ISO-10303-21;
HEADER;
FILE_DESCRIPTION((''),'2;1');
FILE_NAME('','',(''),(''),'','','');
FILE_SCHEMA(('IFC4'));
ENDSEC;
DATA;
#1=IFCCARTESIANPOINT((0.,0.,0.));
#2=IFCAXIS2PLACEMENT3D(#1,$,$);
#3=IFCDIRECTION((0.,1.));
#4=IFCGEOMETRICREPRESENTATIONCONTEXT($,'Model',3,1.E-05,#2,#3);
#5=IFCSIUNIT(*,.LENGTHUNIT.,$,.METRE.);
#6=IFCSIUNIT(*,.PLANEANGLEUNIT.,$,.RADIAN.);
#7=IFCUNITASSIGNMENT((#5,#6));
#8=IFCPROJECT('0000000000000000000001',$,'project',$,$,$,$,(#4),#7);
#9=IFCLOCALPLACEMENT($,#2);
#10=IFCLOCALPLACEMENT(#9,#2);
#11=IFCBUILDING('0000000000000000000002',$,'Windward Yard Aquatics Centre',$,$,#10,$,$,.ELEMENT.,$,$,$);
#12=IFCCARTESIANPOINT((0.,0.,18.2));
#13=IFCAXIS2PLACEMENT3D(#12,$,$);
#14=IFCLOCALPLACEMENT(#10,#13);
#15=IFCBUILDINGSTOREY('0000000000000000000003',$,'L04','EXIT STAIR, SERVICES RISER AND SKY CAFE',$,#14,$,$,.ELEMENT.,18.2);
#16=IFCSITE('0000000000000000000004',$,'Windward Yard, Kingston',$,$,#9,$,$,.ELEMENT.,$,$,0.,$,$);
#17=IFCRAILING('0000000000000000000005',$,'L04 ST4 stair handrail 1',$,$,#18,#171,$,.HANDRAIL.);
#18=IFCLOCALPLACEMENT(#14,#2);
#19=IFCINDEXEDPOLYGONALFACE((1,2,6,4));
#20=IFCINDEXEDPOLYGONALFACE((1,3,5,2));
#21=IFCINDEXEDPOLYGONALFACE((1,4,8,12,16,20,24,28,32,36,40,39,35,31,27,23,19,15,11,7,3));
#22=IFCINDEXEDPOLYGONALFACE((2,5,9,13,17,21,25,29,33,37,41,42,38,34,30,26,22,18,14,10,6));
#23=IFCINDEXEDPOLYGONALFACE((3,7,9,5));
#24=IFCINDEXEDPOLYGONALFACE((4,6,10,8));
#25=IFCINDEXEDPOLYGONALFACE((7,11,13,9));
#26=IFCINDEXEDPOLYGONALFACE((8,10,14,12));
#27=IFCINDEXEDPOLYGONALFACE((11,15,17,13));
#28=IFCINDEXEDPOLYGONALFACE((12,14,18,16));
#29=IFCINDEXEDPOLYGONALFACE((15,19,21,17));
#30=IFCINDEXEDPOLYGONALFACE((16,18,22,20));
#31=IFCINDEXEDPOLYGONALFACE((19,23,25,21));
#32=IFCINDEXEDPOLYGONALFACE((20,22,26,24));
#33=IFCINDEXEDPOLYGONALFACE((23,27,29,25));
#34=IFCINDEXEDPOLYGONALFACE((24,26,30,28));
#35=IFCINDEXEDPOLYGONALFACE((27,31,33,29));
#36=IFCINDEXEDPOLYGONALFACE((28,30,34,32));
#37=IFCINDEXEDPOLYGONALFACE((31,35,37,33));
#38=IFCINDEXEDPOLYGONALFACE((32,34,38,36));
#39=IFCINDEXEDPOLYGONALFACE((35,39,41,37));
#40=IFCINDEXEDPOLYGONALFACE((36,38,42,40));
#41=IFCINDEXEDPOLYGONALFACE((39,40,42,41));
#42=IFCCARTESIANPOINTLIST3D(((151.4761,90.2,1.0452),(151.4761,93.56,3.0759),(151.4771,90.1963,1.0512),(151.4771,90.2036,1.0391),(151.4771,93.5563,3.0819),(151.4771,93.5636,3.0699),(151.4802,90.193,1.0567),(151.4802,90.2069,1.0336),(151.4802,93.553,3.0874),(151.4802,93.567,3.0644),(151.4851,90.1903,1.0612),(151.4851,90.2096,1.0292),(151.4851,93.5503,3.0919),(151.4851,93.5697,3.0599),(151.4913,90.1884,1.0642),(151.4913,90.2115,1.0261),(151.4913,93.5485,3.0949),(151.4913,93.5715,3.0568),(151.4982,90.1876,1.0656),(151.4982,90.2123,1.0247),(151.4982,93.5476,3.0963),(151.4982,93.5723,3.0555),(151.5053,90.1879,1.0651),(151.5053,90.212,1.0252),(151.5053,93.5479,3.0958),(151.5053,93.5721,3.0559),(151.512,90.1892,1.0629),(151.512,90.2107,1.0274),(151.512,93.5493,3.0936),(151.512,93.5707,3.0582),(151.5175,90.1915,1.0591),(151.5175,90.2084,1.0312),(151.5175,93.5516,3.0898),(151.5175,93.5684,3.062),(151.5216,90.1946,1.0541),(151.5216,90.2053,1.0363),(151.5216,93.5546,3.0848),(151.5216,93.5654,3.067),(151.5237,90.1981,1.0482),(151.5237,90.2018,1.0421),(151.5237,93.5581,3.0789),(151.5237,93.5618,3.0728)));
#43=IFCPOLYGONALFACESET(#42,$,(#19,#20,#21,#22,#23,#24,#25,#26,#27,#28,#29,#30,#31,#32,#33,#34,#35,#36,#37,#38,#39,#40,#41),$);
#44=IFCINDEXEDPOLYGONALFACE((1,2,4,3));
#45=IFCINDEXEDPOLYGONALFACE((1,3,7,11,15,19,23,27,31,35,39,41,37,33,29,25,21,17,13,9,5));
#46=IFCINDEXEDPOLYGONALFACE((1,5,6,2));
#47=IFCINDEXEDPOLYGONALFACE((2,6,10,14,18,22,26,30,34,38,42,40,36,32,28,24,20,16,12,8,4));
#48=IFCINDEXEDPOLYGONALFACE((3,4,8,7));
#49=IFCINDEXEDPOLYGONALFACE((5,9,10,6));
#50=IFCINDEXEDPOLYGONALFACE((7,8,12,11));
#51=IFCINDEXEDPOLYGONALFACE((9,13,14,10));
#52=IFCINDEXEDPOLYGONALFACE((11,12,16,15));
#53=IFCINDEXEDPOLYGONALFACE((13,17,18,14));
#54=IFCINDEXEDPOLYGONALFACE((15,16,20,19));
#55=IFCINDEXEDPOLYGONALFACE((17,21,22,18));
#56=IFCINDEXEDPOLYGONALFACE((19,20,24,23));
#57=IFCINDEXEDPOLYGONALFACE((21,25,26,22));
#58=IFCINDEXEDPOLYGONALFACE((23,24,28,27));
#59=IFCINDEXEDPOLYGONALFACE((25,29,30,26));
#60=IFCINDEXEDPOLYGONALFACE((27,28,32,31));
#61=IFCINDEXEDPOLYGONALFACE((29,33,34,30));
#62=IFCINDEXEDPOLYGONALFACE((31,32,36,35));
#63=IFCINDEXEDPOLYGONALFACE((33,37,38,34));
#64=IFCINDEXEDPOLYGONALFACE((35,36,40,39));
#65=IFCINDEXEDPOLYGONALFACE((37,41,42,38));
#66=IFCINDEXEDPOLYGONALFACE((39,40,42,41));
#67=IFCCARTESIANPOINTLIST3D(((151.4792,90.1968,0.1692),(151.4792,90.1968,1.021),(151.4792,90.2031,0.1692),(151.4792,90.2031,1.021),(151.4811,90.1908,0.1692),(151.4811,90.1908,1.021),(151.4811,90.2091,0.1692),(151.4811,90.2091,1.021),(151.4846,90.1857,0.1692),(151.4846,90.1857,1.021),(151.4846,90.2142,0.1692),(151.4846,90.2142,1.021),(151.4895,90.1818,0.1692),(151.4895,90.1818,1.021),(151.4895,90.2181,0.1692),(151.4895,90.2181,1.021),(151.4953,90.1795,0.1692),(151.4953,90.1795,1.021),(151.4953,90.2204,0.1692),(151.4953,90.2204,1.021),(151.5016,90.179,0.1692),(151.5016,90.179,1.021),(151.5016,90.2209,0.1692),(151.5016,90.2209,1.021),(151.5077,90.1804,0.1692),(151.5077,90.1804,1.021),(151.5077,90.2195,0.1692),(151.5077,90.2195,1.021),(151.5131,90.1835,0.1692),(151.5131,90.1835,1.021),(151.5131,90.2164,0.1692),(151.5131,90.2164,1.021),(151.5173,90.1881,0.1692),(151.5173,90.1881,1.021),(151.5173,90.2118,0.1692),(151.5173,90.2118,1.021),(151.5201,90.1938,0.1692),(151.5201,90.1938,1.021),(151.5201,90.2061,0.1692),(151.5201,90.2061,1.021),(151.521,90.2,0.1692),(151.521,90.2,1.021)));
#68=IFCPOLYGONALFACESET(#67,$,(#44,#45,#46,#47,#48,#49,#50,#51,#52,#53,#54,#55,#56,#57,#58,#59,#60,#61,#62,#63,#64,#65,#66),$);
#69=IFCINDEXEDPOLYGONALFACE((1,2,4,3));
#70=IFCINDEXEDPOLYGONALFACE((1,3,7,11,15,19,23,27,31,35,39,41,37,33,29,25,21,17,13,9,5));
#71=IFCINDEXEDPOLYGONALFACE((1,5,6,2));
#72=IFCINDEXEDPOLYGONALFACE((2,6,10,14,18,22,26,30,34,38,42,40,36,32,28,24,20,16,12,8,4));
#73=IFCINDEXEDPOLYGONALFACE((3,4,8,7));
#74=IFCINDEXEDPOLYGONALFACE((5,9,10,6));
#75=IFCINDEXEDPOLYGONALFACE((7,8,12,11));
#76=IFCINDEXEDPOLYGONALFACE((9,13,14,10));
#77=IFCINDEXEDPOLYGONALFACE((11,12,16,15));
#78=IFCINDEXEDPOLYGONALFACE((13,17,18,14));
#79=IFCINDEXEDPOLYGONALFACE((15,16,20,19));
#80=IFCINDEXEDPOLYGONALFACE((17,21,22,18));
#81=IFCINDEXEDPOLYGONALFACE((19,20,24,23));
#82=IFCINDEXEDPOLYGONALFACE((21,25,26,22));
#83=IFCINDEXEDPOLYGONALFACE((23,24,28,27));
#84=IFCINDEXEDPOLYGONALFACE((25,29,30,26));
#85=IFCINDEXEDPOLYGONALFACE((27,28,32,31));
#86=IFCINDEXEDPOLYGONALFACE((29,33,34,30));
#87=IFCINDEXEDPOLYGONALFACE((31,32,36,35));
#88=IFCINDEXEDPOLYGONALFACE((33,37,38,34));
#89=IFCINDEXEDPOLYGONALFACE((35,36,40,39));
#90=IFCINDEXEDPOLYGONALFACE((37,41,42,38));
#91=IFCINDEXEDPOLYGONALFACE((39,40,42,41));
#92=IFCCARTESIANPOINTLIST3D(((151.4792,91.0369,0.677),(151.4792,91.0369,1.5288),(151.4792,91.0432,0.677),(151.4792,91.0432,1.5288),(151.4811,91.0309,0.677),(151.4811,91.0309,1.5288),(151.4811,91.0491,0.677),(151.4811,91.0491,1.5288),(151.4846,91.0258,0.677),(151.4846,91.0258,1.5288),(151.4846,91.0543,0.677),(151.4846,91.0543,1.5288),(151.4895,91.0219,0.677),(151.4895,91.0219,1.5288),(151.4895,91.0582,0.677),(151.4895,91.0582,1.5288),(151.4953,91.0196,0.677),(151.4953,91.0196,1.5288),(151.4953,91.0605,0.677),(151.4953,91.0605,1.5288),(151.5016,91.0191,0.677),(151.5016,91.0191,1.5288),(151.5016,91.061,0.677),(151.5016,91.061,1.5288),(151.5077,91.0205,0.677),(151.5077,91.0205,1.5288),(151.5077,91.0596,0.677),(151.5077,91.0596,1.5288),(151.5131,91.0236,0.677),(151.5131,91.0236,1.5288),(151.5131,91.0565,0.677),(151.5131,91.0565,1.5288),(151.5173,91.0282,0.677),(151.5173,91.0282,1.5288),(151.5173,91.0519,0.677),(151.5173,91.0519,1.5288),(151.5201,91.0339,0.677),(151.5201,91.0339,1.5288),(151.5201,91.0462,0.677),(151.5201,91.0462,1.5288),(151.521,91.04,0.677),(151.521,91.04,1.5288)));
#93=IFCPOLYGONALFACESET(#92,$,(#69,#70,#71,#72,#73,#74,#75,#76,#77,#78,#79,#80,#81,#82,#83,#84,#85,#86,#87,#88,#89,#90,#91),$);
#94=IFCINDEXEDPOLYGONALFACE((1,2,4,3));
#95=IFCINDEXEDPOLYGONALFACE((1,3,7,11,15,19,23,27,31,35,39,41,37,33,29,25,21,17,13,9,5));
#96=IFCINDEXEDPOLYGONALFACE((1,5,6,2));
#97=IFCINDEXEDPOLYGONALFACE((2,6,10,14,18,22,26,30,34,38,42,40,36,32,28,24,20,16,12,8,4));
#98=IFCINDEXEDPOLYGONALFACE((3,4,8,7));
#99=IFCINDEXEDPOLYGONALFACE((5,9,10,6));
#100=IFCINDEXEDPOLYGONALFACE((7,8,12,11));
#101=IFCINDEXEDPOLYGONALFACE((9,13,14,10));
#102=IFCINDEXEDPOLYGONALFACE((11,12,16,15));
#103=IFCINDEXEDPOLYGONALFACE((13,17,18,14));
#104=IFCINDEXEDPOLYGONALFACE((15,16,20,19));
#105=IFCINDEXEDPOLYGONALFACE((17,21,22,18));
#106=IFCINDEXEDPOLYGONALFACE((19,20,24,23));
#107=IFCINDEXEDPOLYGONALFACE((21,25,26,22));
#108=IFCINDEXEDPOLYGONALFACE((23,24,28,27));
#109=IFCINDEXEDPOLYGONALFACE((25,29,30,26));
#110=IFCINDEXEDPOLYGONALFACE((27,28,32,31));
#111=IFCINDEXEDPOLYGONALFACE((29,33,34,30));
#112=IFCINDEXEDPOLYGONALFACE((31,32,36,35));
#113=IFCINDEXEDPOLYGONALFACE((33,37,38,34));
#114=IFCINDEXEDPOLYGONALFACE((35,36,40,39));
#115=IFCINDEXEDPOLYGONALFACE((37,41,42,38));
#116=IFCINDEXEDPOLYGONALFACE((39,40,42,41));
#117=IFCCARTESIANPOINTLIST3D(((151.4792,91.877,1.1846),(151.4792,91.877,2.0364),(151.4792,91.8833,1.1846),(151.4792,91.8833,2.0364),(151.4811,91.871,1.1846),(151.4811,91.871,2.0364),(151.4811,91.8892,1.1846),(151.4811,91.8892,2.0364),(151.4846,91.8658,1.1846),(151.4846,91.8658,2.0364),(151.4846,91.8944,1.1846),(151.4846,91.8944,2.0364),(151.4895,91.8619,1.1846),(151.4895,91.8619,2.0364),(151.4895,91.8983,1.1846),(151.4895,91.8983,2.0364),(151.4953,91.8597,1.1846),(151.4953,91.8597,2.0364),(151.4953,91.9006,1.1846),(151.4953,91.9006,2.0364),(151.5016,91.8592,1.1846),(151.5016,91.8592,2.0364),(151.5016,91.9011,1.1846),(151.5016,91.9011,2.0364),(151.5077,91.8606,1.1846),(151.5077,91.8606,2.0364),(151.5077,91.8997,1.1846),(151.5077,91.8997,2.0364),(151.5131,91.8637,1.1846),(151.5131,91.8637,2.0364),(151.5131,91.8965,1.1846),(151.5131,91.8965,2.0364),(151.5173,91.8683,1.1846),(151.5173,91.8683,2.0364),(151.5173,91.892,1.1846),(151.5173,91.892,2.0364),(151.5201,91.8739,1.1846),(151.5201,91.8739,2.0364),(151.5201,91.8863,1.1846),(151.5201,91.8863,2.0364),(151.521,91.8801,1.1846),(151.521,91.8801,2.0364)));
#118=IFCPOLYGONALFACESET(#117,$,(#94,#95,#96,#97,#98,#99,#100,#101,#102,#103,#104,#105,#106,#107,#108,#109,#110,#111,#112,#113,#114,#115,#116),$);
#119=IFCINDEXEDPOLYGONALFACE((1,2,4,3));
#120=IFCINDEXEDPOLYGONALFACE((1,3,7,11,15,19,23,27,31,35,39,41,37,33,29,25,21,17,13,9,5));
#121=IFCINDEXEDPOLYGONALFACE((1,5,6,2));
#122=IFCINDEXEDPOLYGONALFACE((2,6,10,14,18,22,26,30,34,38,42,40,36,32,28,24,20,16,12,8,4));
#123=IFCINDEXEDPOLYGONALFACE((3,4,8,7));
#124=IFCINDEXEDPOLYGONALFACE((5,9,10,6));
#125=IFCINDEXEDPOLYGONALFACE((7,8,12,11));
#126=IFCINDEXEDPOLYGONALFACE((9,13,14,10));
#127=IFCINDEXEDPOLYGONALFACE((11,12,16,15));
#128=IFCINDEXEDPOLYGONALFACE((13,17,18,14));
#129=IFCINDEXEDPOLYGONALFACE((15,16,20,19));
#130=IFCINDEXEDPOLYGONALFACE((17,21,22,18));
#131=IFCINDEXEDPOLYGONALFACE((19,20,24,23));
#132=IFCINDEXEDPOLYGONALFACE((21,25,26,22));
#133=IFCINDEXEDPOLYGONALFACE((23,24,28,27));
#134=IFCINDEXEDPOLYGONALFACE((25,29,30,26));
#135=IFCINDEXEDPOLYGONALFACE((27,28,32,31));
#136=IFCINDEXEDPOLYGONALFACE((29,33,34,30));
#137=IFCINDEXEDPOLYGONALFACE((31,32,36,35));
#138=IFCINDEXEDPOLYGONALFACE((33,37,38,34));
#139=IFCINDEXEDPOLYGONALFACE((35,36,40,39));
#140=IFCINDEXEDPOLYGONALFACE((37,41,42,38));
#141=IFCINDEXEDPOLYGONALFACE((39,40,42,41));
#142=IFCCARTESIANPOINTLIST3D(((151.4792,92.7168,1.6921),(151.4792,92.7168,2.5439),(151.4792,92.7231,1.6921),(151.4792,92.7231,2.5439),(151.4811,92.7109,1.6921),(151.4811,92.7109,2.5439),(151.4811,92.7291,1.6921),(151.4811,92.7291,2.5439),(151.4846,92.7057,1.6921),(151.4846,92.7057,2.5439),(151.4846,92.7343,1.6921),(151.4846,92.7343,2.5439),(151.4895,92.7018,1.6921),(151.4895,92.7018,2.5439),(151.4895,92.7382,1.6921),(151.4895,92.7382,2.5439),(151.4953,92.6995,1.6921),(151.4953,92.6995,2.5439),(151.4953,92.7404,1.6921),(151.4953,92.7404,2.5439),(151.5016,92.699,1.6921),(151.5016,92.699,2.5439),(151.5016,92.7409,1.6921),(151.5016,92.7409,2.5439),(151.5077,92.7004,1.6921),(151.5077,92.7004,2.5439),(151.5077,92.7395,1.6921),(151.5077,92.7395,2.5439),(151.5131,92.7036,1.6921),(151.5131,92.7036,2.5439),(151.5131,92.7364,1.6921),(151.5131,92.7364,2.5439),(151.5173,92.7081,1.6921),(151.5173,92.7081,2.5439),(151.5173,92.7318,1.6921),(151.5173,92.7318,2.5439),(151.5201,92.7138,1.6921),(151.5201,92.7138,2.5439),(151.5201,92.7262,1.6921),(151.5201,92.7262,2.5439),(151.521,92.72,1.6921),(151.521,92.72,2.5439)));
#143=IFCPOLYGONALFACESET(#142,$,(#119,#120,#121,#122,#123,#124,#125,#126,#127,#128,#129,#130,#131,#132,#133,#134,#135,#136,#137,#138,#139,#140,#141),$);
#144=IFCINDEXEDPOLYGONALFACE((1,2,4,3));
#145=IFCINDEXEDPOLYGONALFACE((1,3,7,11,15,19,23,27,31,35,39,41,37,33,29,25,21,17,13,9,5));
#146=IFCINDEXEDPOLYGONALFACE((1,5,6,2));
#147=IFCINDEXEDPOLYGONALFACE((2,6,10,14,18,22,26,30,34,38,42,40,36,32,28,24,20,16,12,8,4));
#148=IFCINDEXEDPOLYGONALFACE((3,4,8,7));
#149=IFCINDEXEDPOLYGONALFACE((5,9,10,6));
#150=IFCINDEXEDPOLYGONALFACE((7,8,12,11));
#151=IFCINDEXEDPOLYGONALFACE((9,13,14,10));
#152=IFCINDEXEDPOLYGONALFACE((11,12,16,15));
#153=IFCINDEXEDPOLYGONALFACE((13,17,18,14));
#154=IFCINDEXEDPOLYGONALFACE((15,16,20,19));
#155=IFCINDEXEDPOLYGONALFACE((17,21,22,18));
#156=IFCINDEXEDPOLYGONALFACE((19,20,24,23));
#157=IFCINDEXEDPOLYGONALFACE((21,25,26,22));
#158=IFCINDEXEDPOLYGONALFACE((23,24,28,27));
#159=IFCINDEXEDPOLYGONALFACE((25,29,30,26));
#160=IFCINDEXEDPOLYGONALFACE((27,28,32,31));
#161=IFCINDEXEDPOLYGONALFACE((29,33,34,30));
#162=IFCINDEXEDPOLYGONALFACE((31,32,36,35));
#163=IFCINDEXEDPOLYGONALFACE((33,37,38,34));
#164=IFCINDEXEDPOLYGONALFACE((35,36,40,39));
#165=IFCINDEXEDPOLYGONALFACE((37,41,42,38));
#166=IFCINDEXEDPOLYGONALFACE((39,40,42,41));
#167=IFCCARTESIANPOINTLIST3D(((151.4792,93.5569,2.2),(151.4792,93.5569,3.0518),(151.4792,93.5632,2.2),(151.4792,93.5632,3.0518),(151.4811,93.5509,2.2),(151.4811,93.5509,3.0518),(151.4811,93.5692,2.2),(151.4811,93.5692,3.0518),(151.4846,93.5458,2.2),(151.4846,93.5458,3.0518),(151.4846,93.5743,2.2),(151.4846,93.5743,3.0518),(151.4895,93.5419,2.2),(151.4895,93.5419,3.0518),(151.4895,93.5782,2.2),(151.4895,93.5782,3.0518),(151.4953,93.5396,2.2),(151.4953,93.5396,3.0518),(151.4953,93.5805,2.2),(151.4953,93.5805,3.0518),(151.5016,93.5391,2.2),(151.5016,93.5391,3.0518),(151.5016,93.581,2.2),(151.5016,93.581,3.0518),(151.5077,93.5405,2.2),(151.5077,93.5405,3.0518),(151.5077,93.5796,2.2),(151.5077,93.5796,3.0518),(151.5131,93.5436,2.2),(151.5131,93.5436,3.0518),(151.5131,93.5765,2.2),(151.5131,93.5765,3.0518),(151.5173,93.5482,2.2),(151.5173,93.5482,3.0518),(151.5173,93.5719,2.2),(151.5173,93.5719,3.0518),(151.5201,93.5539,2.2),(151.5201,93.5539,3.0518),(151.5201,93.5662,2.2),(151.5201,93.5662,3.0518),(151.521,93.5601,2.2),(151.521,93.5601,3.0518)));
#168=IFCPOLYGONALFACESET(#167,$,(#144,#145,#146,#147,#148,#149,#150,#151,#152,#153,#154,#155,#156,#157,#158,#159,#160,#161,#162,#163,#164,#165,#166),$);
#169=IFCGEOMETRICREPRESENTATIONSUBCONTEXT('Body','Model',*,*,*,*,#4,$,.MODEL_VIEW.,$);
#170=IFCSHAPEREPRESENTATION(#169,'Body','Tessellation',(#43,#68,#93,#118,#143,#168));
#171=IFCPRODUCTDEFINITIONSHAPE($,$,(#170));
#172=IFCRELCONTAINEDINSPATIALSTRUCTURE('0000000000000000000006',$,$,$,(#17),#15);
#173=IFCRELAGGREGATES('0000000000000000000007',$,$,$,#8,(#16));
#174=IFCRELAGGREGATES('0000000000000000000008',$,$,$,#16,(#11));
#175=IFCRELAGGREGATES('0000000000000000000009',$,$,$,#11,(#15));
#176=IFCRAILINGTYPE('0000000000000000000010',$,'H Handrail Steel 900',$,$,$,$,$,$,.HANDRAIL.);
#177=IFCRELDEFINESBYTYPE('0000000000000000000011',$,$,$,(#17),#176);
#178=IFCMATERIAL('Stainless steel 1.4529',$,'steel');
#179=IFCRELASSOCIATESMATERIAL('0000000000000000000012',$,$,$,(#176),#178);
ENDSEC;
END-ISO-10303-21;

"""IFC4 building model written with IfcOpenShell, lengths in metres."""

from ifc_helpers import new_model, si_unit, direction, frame, origin, origin_2d, place, context, subcontext, project, spatial, circle, extrude, material, type_object, element, save


model = new_model("IFC4")

# Units and contexts
model_context = context("Model", 3, precision=1e-05, world=origin(), true_north=direction((0.0, 1.0)))
body_context = subcontext(model_context, "Body", "Model", "MODEL_VIEW")
ifc_project = project(units=[si_unit("LENGTHUNIT", "METRE"), si_unit("PLANEANGLEUNIT", "RADIAN")], contexts=[model_context])

# Site, building, storey
site_placement = place(None, origin())
site = spatial("IfcSite", under=ifc_project, at=site_placement, Name="Windward Yard, Kingston", CompositionType="ELEMENT", RefElevation=0.0)
building_placement = place(site_placement, origin())
building = spatial("IfcBuilding", under=site, at=building_placement, Name="Windward Yard Aquatics Centre", CompositionType="ELEMENT")
storey_placement = place(building_placement, frame((0.0, 0.0, 18.2)))
storey = spatial("IfcBuildingStorey", under=building, at=storey_placement, Name="L04", Description="EXIT STAIR, SERVICES RISER AND SKY CAFE", CompositionType="ELEMENT", Elevation=18.2)

# Railing
ifc_material_1 = material(Name="Stainless steel 1.4529", Category="steel")
railing_type_1 = type_object("IfcRailingType", Name="H Handrail Steel 900", PredefinedType="HANDRAIL", material=ifc_material_1)
railing_1_placement = place(storey_placement, frame((151.5, 90.2, 0.1692)))
element("IfcRailing", 1, at=railing_1_placement, inside=storey, type_object=railing_type_1, Name="L04 ST4 stair handrail 1", PredefinedType="HANDRAIL", context=body_context, shape_type="SweptSolid", body=[
    extrude(circle(Radius=0.0239, at=origin_2d()), frame((0.0, 0.0, 0.876), z_axis=(0.0, 0.855837, 0.517246), x_axis=(-1.0, 0.0, 0.0)), (0.0, 0.0, 1.0), 3.926),
    extrude(circle(Radius=0.021, at=origin_2d()), origin(), (0.0, 0.0, 1.0), 0.8518),
    extrude(circle(Radius=0.021, at=origin_2d()), frame((0.0, 0.8401, 0.5078)), (0.0, 0.0, 1.0), 0.8518),
    extrude(circle(Radius=0.021, at=origin_2d()), frame((0.0, 1.6802, 1.0154)), (0.0, 0.0, 1.0), 0.8518),
    extrude(circle(Radius=0.021, at=origin_2d()), frame((0.0, 2.52, 1.5229)), (0.0, 0.0, 1.0), 0.8518),
    extrude(circle(Radius=0.021, at=origin_2d()), frame((0.0, 3.3601, 2.0308)), (0.0, 0.0, 1.0), 0.8518),
])

save(model, "model.ifc")
